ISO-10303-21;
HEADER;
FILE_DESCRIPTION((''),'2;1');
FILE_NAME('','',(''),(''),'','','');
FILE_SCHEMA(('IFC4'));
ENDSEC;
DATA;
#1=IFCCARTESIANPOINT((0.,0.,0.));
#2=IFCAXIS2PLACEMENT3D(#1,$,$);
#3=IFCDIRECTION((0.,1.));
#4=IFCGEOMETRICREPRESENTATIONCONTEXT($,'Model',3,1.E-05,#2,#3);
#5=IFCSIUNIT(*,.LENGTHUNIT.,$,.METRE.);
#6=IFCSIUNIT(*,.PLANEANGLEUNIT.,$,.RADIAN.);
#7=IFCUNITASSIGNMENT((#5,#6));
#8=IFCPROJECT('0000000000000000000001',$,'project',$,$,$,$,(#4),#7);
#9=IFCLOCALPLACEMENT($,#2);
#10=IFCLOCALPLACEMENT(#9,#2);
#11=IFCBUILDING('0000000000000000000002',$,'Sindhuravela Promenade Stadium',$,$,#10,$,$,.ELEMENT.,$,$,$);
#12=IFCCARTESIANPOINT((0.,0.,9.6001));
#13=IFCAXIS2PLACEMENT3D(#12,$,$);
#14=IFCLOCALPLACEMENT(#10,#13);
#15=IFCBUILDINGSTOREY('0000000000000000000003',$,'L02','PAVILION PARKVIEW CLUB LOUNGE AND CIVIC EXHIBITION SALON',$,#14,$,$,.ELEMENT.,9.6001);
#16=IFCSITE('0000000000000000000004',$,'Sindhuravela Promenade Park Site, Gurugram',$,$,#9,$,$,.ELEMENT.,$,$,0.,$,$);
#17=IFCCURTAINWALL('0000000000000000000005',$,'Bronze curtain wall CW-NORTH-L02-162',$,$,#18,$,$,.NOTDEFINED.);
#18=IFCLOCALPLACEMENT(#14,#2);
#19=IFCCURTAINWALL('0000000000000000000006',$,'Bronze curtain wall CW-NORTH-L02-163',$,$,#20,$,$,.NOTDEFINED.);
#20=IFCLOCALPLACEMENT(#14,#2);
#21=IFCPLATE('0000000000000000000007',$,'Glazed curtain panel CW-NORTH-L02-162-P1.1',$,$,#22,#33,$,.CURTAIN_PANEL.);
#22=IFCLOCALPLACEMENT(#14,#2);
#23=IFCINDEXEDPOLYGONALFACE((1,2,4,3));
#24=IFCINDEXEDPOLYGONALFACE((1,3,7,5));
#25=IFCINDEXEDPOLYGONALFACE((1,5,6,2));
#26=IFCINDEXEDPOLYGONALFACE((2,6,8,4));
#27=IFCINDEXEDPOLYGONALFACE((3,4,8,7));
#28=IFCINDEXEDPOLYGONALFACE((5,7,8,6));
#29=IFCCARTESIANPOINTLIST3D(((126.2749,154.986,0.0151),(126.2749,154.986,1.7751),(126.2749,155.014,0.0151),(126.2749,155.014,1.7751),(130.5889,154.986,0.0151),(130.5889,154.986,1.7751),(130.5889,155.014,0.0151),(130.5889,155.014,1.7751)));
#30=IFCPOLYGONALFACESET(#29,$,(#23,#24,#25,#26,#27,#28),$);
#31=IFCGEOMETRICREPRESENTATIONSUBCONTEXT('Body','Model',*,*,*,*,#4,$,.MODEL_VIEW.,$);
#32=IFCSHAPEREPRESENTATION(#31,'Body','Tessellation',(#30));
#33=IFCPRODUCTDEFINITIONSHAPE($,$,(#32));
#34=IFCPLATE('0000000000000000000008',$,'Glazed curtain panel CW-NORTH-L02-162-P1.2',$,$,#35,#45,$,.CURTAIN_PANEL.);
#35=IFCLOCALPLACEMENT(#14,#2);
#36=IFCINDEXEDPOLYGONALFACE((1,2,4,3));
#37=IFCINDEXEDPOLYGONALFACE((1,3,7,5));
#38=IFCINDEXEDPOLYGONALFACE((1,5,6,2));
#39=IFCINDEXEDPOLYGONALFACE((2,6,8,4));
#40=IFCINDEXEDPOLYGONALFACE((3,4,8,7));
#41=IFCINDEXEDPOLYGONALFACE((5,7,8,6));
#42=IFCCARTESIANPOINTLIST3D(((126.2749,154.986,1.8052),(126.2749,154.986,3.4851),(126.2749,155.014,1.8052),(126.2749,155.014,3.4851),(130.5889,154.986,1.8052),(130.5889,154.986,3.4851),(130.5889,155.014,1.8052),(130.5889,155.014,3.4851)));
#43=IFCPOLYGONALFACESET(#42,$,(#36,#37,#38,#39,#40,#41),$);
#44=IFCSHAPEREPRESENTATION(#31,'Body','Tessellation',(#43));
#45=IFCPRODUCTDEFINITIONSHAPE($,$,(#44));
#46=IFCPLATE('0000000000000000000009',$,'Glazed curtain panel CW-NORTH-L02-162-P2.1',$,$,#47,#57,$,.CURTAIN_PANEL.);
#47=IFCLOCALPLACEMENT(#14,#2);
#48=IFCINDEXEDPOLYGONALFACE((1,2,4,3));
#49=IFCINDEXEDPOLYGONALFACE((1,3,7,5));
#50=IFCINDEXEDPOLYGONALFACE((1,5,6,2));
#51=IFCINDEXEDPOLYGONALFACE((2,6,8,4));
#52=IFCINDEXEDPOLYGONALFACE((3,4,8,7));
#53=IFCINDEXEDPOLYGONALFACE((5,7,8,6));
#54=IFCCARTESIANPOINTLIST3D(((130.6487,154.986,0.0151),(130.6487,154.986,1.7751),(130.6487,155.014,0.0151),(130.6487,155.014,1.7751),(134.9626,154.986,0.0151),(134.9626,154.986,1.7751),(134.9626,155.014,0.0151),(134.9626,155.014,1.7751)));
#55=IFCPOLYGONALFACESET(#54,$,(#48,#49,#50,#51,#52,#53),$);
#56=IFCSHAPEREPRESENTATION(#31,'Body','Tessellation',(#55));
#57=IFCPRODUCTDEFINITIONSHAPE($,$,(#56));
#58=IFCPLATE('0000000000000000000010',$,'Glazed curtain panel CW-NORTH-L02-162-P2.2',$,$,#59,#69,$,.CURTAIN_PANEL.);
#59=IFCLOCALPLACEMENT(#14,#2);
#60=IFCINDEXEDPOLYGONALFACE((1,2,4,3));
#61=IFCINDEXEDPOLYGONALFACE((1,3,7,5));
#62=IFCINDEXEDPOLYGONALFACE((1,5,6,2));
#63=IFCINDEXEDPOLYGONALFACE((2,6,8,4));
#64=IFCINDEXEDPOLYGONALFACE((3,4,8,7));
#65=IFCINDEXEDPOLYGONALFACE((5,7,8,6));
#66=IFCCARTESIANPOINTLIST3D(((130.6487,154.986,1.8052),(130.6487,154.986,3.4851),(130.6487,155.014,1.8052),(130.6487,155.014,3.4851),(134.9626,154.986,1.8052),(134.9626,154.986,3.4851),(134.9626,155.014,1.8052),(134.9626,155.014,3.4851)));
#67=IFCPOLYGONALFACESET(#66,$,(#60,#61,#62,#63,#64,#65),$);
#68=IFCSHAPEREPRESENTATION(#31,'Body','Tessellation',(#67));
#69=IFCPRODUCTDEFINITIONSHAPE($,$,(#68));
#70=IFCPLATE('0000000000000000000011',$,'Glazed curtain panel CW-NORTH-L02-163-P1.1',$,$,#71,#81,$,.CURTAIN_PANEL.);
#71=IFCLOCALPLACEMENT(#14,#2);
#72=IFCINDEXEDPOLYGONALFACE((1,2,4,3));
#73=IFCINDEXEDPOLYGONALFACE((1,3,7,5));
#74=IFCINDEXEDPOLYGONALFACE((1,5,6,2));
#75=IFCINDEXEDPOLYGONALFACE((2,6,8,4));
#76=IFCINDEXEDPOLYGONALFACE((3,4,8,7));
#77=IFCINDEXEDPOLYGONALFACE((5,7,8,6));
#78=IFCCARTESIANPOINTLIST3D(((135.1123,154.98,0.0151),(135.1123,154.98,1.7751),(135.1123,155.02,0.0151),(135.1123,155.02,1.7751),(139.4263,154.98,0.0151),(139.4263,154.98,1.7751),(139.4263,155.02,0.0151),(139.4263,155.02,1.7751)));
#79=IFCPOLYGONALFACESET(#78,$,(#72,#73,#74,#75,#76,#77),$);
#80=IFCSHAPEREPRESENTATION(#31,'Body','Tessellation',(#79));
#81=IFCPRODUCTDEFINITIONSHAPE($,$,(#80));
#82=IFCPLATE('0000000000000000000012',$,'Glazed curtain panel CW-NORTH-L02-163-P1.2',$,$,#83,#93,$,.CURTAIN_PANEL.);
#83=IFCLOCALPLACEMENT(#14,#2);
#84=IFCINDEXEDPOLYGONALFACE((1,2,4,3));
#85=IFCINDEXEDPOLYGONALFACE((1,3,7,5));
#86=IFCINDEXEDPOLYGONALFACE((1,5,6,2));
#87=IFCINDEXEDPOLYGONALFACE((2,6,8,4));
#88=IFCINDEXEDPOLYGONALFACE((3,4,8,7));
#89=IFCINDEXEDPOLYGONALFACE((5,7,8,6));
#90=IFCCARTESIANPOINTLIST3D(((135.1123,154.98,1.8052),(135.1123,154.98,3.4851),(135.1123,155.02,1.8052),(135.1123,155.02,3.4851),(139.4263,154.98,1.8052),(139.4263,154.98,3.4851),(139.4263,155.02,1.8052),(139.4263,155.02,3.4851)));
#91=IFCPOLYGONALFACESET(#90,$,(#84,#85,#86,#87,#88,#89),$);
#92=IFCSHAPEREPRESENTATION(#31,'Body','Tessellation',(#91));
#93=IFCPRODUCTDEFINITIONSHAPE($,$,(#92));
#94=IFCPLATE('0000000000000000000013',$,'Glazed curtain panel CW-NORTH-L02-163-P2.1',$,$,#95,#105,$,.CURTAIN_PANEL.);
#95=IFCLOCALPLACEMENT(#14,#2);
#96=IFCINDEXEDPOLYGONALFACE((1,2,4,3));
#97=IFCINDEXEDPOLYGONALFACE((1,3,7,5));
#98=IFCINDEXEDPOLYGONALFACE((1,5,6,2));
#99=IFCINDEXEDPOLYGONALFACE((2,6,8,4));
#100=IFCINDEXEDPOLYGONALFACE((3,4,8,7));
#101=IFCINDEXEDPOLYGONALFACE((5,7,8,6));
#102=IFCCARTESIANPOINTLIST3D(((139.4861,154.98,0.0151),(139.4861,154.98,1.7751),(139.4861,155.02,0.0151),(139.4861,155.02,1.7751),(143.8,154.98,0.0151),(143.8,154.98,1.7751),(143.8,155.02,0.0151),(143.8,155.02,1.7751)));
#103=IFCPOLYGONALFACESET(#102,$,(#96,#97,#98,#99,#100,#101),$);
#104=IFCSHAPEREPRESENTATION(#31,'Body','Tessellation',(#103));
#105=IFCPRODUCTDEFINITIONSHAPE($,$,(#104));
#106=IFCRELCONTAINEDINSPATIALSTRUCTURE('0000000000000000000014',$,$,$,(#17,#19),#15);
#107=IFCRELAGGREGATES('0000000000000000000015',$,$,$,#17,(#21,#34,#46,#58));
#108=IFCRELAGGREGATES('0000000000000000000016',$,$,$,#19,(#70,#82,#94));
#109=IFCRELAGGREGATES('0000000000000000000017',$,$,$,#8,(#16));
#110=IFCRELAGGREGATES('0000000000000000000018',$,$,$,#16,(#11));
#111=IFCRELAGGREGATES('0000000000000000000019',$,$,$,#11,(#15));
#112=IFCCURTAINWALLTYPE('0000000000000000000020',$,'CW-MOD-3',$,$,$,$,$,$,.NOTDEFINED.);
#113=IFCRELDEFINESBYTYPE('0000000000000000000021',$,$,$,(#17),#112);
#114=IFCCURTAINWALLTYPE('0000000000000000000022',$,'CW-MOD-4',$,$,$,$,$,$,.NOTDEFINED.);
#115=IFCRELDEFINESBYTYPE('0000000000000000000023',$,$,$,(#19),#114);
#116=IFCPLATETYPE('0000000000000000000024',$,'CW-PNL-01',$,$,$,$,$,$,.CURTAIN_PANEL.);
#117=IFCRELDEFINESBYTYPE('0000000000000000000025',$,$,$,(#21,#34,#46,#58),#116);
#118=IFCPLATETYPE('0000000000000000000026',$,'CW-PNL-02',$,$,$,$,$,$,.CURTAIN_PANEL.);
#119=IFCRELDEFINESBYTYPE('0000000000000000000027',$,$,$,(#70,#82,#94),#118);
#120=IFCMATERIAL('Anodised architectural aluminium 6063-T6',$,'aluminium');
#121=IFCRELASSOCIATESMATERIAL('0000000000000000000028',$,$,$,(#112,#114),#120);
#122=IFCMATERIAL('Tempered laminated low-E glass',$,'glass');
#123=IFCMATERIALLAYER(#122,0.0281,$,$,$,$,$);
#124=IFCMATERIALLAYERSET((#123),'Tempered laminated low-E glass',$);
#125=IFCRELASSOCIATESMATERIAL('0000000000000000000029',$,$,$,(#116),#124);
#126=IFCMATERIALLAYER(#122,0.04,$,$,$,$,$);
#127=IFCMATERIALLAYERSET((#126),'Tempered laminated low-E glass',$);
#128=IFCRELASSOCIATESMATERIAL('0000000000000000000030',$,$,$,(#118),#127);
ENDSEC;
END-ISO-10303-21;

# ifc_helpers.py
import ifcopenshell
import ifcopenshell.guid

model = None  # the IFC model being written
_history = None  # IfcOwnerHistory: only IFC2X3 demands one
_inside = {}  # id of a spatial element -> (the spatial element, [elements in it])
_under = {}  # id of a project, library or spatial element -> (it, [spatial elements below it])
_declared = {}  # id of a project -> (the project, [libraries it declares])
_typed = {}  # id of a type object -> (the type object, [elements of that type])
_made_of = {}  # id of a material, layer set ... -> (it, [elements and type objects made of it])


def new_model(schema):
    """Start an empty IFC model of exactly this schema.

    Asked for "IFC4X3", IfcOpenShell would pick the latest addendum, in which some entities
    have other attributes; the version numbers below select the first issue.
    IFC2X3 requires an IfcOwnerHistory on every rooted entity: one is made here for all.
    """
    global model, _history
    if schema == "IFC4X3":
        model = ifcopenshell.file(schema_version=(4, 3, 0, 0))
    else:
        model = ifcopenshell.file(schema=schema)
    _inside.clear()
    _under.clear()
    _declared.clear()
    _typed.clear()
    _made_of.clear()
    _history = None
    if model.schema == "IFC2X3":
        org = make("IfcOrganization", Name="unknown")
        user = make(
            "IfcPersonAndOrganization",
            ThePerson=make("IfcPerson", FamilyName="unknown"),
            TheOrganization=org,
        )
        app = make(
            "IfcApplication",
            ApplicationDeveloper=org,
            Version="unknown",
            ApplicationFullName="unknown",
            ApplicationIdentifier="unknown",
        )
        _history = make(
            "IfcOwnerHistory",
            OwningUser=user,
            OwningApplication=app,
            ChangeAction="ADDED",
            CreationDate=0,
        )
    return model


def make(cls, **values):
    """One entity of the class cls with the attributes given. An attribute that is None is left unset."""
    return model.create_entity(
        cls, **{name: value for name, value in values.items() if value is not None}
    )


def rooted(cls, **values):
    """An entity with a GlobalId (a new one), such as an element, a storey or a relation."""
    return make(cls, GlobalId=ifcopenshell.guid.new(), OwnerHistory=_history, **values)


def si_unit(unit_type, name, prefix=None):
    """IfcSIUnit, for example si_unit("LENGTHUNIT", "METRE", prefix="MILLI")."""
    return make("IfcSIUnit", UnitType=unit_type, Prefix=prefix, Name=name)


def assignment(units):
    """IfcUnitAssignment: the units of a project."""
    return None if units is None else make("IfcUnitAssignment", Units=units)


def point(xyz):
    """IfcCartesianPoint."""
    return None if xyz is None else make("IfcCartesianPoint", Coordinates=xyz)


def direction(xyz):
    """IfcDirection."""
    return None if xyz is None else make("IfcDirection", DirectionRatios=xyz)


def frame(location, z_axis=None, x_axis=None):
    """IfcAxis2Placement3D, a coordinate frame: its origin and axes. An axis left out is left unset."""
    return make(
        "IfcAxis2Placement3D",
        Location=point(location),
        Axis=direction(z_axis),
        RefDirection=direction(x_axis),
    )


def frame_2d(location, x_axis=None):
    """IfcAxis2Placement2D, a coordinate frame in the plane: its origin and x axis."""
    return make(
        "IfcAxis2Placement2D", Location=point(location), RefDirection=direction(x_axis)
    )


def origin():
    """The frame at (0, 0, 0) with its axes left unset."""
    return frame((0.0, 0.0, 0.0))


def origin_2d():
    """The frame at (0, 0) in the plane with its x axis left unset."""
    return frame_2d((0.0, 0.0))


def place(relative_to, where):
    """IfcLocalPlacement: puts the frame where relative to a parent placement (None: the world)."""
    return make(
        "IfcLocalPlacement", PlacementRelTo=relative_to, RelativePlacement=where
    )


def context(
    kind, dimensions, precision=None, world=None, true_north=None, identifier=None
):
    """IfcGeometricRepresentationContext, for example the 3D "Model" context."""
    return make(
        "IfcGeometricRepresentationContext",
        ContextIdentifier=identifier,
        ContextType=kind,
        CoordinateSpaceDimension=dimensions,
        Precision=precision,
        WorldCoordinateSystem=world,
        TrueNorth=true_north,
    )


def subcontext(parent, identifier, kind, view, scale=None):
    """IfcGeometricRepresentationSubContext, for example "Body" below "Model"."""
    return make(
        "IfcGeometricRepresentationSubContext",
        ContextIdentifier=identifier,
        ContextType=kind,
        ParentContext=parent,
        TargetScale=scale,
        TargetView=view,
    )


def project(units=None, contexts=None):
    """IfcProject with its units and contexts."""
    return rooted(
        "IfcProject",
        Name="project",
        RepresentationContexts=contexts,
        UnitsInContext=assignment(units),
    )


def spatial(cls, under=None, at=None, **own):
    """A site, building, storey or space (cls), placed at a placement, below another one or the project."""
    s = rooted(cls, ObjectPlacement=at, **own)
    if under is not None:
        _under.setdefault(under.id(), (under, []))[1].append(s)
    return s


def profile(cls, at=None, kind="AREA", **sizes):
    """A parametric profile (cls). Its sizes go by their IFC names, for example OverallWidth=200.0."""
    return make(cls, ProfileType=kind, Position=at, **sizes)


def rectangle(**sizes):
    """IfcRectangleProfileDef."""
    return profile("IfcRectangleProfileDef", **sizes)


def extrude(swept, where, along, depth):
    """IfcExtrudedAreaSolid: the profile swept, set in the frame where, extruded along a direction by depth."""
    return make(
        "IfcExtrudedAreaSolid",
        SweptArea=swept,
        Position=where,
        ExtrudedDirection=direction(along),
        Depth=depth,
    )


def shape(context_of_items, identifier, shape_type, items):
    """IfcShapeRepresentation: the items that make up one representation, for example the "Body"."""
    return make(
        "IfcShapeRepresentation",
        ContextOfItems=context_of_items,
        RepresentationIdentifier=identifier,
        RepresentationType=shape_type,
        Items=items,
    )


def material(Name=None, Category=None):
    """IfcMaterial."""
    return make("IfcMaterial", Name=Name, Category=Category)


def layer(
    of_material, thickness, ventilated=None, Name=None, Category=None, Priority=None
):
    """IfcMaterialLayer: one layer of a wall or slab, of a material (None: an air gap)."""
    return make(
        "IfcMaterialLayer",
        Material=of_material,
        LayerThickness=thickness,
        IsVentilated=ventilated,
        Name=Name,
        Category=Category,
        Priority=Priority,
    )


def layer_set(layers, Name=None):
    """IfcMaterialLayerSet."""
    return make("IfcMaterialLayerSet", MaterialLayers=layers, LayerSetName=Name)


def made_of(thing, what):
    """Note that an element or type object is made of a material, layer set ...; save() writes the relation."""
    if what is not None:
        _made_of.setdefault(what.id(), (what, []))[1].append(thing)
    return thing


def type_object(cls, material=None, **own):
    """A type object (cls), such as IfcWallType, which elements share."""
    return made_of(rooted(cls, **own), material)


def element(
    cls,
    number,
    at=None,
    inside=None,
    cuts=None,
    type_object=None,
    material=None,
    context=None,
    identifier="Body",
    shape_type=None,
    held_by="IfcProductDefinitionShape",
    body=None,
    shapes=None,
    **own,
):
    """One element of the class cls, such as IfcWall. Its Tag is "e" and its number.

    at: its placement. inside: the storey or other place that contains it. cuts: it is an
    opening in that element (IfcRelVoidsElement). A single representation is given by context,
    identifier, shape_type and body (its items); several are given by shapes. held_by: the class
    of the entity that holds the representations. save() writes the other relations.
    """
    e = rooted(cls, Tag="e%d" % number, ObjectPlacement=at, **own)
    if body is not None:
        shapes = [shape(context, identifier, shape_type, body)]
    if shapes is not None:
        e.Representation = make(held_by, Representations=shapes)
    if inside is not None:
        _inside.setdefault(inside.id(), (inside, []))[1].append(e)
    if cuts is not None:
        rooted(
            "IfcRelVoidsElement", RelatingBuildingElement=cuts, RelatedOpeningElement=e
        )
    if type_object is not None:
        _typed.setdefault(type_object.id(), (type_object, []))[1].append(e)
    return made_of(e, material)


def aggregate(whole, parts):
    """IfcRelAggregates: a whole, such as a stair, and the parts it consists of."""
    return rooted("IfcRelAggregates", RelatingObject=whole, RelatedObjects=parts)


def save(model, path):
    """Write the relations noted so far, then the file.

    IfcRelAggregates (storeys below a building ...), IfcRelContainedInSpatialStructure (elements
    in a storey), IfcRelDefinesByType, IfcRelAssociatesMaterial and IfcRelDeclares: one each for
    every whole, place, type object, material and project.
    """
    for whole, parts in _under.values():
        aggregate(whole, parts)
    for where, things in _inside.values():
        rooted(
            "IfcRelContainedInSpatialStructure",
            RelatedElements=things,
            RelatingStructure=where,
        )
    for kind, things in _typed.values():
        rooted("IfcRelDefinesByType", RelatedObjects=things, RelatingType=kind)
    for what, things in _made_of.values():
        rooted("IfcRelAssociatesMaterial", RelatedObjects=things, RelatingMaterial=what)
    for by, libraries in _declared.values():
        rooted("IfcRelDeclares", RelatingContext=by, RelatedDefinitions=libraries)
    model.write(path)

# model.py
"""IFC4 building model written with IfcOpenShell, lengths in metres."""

from ifc_helpers import new_model, si_unit, direction, frame, origin, origin_2d, place, context, subcontext, project, spatial, rectangle, extrude, material, layer, layer_set, type_object, element, aggregate, save


model = new_model("IFC4")

# Units and contexts
model_context = context("Model", 3, precision=1e-05, world=origin(), true_north=direction((0.0, 1.0)))
body_context = subcontext(model_context, "Body", "Model", "MODEL_VIEW")
ifc_project = project(units=[si_unit("LENGTHUNIT", "METRE"), si_unit("PLANEANGLEUNIT", "RADIAN")], contexts=[model_context])

# Site, building, storey
site_placement = place(None, origin())
site = spatial("IfcSite", under=ifc_project, at=site_placement, Name="Sindhuravela Promenade Park Site, Gurugram", CompositionType="ELEMENT", RefElevation=0.0)
building_placement = place(site_placement, origin())
building = spatial("IfcBuilding", under=site, at=building_placement, Name="Sindhuravela Promenade Stadium", CompositionType="ELEMENT")
storey_placement = place(building_placement, frame((0.0, 0.0, 9.6001)))
storey = spatial("IfcBuildingStorey", under=building, at=storey_placement, Name="L02", Description="PAVILION PARKVIEW CLUB LOUNGE AND CIVIC EXHIBITION SALON", CompositionType="ELEMENT", Elevation=9.6001)

# Curtain walls
ifc_material_1 = material(Name="Anodised architectural aluminium 6063-T6", Category="aluminium")
curtain_wall_type_1 = type_object("IfcCurtainWallType", Name="CW-MOD-3", PredefinedType="NOTDEFINED", material=ifc_material_1)
curtain_wall_1_placement = place(storey_placement, origin())
curtain_wall_1 = element("IfcCurtainWall", 1, at=curtain_wall_1_placement, inside=storey, type_object=curtain_wall_type_1, Name="Bronze curtain wall CW-NORTH-L02-162", PredefinedType="NOTDEFINED")
curtain_wall_type_2 = type_object("IfcCurtainWallType", Name="CW-MOD-4", PredefinedType="NOTDEFINED", material=ifc_material_1)
curtain_wall_2_placement = place(storey_placement, origin())
curtain_wall_2 = element("IfcCurtainWall", 2, at=curtain_wall_2_placement, inside=storey, type_object=curtain_wall_type_2, Name="Bronze curtain wall CW-NORTH-L02-163", PredefinedType="NOTDEFINED")

# Plates
ifc_material_2 = material(Name="Tempered laminated low-E glass", Category="glass")
ifc_layer_1 = layer(ifc_material_2, 0.0281)
ifc_layer_set_1 = layer_set([ifc_layer_1], Name="Tempered laminated low-E glass")
plate_type_1 = type_object("IfcPlateType", Name="CW-PNL-01", PredefinedType="CURTAIN_PANEL", material=ifc_layer_set_1)
plate_1_placement = place(storey_placement, frame((128.4319, 155.0, 0.0151), z_axis=(0.0, 0.0, 1.0), x_axis=(1.0, 0.0, 0.0)))
plate_1 = element("IfcPlate", 3, at=plate_1_placement, type_object=plate_type_1, Name="Glazed curtain panel CW-NORTH-L02-162-P1.1", PredefinedType="CURTAIN_PANEL", context=body_context, shape_type="SweptSolid", body=[
    extrude(rectangle(XDim=4.314, YDim=0.0281, at=origin_2d()), origin(), (0.0, 0.0, 1.0), 1.76),
])
plate_2_placement = place(storey_placement, frame((128.4319, 155.0, 1.8052), z_axis=(0.0, 0.0, 1.0), x_axis=(1.0, 0.0, 0.0)))
plate_2 = element("IfcPlate", 4, at=plate_2_placement, type_object=plate_type_1, Name="Glazed curtain panel CW-NORTH-L02-162-P1.2", PredefinedType="CURTAIN_PANEL", context=body_context, shape_type="SweptSolid", body=[
    extrude(rectangle(XDim=4.314, YDim=0.0281, at=origin_2d()), origin(), (0.0, 0.0, 1.0), 1.6799),
])
plate_3_placement = place(storey_placement, frame((132.8057, 155.0, 0.0151), z_axis=(0.0, 0.0, 1.0), x_axis=(1.0, 0.0, 0.0)))
plate_3 = element("IfcPlate", 5, at=plate_3_placement, type_object=plate_type_1, Name="Glazed curtain panel CW-NORTH-L02-162-P2.1", PredefinedType="CURTAIN_PANEL", context=body_context, shape_type="SweptSolid", body=[
    extrude(rectangle(XDim=4.314, YDim=0.0281, at=origin_2d()), origin(), (0.0, 0.0, 1.0), 1.76),
])
plate_4_placement = place(storey_placement, frame((132.8057, 155.0, 1.8052), z_axis=(0.0, 0.0, 1.0), x_axis=(1.0, 0.0, 0.0)))
plate_4 = element("IfcPlate", 6, at=plate_4_placement, type_object=plate_type_1, Name="Glazed curtain panel CW-NORTH-L02-162-P2.2", PredefinedType="CURTAIN_PANEL", context=body_context, shape_type="SweptSolid", body=[
    extrude(rectangle(XDim=4.314, YDim=0.0281, at=origin_2d()), origin(), (0.0, 0.0, 1.0), 1.6799),
])
aggregate(curtain_wall_1, [plate_1, plate_2, plate_3, plate_4])
ifc_layer_2 = layer(ifc_material_2, 0.04)
ifc_layer_set_2 = layer_set([ifc_layer_2], Name="Tempered laminated low-E glass")
plate_type_2 = type_object("IfcPlateType", Name="CW-PNL-02", PredefinedType="CURTAIN_PANEL", material=ifc_layer_set_2)
plate_5_placement = place(storey_placement, frame((137.2693, 155.0, 0.0151), z_axis=(0.0, 0.0, 1.0), x_axis=(1.0, 0.0, 0.0)))
plate_5 = element("IfcPlate", 7, at=plate_5_placement, type_object=plate_type_2, Name="Glazed curtain panel CW-NORTH-L02-163-P1.1", PredefinedType="CURTAIN_PANEL", context=body_context, shape_type="SweptSolid", body=[
    extrude(rectangle(XDim=4.314, YDim=0.04, at=origin_2d()), origin(), (0.0, 0.0, 1.0), 1.76),
])
plate_6_placement = place(storey_placement, frame((137.2693, 155.0, 1.8052), z_axis=(0.0, 0.0, 1.0), x_axis=(1.0, 0.0, 0.0)))
plate_6 = element("IfcPlate", 8, at=plate_6_placement, type_object=plate_type_2, Name="Glazed curtain panel CW-NORTH-L02-163-P1.2", PredefinedType="CURTAIN_PANEL", context=body_context, shape_type="SweptSolid", body=[
    extrude(rectangle(XDim=4.314, YDim=0.04, at=origin_2d()), origin(), (0.0, 0.0, 1.0), 1.6799),
])
plate_7_placement = place(storey_placement, frame((141.6431, 155.0, 0.0151), z_axis=(0.0, 0.0, 1.0), x_axis=(1.0, 0.0, 0.0)))
plate_7 = element("IfcPlate", 9, at=plate_7_placement, type_object=plate_type_2, Name="Glazed curtain panel CW-NORTH-L02-163-P2.1", PredefinedType="CURTAIN_PANEL", context=body_context, shape_type="SweptSolid", body=[
    extrude(rectangle(XDim=4.314, YDim=0.04, at=origin_2d()), origin(), (0.0, 0.0, 1.0), 1.76),
])
aggregate(curtain_wall_2, [plate_5, plate_6, plate_7])

save(model, "model.ifc")
